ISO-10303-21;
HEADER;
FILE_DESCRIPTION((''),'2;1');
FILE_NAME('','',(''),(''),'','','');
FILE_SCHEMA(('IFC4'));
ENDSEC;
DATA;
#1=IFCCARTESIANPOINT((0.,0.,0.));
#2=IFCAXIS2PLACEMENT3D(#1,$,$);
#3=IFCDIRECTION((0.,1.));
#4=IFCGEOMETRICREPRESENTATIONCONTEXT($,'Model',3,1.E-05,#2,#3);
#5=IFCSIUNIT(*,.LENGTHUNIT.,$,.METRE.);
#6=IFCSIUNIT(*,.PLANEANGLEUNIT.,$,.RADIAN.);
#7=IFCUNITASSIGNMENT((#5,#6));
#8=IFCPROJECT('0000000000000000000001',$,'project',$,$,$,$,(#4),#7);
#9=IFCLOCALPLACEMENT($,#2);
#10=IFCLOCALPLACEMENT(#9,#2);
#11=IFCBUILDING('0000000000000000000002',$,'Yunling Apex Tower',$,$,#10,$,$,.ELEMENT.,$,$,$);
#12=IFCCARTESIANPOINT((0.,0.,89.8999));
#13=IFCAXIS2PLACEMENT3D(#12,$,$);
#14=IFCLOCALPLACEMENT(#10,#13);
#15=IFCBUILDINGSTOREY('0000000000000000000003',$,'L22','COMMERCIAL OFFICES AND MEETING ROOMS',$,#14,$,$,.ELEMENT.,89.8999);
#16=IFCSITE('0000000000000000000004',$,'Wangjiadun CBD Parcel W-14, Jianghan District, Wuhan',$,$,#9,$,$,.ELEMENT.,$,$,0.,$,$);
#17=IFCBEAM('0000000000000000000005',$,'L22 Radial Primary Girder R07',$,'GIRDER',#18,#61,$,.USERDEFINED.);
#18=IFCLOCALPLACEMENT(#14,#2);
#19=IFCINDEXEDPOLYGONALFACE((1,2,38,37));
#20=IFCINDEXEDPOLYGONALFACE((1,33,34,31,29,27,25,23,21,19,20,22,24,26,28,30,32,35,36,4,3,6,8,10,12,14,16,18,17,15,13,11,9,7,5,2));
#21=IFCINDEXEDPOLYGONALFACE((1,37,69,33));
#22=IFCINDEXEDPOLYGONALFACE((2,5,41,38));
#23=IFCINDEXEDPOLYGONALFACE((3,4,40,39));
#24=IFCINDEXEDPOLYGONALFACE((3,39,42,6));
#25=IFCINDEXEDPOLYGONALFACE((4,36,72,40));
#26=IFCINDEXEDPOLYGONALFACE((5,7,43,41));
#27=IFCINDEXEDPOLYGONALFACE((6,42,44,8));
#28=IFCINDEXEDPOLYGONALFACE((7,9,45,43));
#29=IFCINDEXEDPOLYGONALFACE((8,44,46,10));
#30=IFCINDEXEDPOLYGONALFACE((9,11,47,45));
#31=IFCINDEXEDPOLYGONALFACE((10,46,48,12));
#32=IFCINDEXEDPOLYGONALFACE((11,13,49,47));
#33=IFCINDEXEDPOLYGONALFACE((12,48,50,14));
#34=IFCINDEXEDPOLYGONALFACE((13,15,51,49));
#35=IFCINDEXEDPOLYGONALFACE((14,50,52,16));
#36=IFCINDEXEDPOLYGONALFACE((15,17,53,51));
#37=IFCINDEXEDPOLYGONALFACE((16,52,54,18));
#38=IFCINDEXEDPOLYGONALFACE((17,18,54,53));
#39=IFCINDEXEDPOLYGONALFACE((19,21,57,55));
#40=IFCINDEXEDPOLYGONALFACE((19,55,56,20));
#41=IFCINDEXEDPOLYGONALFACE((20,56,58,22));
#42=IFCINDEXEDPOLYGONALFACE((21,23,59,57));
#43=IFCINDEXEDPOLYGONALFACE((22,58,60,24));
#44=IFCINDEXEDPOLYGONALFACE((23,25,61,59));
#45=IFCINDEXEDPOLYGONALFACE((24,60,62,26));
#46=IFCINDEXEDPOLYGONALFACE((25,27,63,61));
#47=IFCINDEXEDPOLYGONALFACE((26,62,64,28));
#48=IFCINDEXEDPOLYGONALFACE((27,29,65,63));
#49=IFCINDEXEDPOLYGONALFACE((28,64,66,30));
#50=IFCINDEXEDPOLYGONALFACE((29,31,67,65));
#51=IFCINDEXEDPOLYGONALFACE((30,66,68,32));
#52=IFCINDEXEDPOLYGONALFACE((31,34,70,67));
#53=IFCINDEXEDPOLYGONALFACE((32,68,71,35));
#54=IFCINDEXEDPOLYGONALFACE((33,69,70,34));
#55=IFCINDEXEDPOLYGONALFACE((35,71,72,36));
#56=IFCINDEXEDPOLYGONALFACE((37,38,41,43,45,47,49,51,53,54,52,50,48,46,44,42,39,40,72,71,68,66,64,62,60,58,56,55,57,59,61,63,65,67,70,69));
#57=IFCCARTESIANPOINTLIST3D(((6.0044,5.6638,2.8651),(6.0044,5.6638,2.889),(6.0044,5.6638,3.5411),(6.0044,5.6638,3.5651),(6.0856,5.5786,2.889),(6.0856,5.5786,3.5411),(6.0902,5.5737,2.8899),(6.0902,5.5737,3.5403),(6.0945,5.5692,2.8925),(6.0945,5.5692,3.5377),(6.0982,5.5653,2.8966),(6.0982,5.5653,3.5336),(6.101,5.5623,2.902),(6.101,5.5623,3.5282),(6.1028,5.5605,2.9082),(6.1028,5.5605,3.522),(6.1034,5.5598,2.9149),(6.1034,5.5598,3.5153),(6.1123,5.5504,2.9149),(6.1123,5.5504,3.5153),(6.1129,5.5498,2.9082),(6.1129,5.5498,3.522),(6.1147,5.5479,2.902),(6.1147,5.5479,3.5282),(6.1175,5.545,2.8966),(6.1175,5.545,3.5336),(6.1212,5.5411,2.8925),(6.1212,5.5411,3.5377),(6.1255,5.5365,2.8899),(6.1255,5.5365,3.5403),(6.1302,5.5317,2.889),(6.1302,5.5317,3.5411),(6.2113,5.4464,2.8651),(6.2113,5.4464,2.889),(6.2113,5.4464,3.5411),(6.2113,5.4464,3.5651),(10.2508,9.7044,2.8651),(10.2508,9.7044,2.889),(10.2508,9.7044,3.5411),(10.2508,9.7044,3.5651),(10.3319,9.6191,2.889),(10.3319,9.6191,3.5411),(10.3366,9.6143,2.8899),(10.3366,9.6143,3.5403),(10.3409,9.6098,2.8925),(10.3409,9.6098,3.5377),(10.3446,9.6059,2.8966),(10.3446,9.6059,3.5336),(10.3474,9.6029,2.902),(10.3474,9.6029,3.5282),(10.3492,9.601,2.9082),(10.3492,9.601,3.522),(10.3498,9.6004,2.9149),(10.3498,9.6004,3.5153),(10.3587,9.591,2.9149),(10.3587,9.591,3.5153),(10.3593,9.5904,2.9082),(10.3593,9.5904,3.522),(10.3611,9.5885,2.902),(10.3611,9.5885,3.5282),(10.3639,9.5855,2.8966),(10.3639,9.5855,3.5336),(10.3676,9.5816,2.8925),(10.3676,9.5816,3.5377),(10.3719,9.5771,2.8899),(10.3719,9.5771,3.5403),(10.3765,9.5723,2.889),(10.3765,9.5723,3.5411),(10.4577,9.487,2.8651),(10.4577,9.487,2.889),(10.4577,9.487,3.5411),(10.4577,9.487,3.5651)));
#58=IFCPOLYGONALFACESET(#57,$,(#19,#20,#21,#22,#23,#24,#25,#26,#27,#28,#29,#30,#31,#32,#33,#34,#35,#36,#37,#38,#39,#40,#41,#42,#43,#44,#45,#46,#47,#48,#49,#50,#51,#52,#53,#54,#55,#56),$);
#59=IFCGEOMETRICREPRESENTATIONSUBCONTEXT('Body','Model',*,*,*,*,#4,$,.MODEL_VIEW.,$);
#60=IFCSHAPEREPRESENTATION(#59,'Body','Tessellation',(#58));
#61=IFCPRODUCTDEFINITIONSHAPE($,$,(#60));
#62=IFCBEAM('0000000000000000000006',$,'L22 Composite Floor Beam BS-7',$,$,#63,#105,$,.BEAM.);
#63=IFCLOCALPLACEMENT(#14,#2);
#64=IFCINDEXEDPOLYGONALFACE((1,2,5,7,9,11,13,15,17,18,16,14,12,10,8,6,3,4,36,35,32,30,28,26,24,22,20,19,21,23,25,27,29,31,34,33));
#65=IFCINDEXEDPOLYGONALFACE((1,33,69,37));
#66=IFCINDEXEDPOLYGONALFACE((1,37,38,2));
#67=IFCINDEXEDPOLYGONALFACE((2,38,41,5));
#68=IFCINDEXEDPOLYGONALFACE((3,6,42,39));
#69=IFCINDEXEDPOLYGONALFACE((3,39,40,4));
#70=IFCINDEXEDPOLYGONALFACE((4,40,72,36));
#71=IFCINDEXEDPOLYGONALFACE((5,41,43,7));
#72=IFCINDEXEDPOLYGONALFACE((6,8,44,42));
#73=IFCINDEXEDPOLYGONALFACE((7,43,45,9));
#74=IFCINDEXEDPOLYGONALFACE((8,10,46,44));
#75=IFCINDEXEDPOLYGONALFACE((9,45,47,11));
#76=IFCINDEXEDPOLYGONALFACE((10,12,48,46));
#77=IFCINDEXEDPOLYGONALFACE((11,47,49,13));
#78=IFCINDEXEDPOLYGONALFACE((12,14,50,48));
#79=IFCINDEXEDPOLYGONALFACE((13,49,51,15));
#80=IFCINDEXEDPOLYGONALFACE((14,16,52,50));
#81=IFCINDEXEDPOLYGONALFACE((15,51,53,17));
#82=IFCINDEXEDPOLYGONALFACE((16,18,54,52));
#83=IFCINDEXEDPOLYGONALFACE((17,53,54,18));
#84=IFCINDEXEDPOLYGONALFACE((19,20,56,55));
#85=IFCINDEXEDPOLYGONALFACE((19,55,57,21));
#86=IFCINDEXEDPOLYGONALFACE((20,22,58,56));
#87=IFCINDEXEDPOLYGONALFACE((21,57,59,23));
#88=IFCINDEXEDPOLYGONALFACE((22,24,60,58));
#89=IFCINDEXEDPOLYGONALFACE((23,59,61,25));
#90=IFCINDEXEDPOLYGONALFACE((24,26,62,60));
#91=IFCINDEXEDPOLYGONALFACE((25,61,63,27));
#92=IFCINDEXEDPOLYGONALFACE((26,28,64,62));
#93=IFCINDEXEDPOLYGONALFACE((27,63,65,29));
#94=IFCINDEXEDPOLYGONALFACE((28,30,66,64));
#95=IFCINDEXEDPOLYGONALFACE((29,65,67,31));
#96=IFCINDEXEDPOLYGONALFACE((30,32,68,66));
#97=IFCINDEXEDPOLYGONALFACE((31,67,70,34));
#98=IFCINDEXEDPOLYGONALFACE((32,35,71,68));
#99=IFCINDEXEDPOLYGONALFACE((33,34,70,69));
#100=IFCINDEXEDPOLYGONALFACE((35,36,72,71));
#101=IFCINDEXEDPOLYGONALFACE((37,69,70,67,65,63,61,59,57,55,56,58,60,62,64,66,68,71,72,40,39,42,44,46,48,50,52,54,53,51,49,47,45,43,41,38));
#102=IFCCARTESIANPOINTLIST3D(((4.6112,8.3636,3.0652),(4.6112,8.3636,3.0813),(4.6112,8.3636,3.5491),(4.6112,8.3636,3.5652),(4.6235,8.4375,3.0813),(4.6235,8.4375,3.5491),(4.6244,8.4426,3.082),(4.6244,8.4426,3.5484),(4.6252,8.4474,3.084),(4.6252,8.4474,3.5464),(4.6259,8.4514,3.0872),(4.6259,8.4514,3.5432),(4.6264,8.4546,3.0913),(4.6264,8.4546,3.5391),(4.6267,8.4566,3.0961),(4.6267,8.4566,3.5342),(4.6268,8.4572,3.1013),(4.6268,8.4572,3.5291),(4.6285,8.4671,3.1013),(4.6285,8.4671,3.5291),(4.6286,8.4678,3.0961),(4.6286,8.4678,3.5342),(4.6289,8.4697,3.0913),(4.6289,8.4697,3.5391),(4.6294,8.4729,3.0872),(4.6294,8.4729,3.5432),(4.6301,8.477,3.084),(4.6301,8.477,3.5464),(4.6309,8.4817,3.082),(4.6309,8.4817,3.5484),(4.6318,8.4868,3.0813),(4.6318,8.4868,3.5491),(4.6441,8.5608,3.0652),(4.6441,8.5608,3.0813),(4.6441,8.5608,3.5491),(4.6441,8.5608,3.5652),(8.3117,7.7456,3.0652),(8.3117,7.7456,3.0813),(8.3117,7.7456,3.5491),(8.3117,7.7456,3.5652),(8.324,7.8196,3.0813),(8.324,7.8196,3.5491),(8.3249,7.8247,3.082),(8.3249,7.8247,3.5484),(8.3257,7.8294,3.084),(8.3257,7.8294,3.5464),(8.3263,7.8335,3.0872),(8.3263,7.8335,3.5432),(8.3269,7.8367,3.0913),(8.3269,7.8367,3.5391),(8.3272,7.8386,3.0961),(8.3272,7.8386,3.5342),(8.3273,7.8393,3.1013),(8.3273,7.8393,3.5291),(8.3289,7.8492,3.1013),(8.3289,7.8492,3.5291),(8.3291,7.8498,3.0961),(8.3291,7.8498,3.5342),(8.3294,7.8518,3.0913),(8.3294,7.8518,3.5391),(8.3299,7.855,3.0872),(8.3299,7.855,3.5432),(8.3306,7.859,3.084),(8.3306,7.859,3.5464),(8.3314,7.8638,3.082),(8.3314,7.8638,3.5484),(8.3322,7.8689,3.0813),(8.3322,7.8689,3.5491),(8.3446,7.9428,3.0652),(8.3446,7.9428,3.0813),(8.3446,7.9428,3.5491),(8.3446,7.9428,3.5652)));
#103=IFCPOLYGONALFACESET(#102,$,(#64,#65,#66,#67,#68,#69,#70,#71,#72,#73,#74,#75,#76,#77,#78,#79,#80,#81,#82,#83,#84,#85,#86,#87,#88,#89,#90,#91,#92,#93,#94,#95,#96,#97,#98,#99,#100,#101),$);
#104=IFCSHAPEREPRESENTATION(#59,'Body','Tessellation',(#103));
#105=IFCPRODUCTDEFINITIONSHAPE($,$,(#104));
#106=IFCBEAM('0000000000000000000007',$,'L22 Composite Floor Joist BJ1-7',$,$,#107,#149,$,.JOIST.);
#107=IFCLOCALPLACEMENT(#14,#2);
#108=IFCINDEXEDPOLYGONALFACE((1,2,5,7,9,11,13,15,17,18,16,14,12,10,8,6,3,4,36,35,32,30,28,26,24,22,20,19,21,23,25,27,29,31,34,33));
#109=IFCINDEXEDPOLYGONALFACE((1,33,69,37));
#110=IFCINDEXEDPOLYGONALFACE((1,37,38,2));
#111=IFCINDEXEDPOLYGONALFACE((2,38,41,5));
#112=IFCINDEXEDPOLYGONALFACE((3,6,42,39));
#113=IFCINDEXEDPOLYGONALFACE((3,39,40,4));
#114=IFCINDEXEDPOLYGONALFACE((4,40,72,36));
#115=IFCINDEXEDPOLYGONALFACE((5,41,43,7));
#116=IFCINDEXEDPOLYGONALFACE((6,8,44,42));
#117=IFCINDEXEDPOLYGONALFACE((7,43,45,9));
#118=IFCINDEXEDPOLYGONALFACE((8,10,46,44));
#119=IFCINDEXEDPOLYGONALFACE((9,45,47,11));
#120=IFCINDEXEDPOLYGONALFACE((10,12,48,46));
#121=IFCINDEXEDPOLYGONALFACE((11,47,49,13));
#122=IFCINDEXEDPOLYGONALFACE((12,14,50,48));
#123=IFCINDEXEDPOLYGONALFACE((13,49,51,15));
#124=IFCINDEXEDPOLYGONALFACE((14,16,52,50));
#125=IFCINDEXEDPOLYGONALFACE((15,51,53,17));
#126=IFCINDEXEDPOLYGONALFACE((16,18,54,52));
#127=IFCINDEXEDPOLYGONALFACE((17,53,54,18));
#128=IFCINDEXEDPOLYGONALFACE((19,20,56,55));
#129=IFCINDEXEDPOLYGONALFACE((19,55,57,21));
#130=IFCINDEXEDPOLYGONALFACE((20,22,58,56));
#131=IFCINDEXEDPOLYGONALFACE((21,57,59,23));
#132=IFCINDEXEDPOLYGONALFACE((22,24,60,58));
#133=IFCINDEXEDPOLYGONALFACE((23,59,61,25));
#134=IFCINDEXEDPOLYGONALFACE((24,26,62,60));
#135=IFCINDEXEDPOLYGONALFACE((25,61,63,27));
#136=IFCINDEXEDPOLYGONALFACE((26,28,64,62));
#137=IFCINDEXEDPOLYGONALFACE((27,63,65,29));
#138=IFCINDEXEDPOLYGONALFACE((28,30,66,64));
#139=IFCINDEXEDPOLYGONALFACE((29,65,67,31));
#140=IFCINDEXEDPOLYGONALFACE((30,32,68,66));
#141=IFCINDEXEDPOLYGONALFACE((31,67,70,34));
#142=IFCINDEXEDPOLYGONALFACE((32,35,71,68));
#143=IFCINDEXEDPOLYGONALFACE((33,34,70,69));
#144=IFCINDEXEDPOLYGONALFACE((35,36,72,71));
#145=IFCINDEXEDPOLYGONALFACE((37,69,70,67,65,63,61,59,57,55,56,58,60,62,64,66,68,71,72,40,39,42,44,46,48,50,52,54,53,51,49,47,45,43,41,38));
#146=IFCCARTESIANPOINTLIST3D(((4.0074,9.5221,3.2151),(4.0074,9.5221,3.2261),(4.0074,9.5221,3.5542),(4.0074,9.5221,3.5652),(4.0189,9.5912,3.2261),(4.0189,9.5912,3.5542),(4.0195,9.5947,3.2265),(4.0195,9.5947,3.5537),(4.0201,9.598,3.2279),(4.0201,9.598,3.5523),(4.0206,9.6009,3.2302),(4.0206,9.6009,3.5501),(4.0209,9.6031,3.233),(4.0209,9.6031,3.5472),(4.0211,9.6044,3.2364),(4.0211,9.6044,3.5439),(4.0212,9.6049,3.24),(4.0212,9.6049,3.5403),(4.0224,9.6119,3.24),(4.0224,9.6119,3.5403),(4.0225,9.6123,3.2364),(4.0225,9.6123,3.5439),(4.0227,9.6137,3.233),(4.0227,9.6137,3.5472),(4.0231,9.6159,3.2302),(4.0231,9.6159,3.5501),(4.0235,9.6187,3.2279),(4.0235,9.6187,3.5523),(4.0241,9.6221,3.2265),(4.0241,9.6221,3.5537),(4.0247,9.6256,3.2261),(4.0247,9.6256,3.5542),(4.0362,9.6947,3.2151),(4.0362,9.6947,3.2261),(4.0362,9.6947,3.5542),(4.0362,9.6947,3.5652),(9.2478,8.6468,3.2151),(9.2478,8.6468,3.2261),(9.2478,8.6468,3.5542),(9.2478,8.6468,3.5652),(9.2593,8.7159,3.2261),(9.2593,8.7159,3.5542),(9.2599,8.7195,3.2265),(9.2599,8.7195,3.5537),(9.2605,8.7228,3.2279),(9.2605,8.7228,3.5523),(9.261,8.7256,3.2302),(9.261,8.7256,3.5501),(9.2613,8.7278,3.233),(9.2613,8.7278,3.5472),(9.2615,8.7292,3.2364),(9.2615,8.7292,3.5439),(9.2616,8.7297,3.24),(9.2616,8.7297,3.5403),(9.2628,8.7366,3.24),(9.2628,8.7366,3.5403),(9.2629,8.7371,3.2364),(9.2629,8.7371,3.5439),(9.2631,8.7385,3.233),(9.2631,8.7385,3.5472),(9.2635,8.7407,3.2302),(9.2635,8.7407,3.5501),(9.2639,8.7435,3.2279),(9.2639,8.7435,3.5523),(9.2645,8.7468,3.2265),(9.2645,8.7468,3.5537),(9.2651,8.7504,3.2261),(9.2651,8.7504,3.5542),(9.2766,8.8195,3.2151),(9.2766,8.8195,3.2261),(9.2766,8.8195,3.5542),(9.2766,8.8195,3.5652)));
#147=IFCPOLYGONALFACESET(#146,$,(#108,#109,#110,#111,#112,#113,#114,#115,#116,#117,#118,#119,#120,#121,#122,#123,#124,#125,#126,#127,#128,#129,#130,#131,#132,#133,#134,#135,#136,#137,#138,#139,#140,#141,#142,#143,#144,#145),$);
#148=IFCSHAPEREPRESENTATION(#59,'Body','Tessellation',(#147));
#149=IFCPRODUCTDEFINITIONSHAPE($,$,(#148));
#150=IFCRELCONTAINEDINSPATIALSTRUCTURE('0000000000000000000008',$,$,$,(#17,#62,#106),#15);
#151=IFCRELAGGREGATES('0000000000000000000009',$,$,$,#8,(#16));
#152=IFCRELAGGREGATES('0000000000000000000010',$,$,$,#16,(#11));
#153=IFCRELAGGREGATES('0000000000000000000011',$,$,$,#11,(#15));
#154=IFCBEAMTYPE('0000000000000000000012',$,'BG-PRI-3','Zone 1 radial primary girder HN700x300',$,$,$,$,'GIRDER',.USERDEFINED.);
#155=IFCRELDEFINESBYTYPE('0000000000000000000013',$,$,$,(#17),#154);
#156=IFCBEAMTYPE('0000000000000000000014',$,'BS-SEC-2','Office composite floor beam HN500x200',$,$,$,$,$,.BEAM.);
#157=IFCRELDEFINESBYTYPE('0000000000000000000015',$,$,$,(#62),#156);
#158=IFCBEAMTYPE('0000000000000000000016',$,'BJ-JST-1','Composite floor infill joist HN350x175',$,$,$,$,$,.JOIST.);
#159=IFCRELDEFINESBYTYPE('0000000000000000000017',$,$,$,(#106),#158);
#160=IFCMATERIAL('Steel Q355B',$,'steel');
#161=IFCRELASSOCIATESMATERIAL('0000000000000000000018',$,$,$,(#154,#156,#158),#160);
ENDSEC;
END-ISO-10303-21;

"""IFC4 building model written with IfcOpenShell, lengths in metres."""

from ifc_helpers import new_model, si_unit, direction, frame, origin, origin_2d, place, context, subcontext, project, spatial, i_section, extrude, source, transform, mapped, material, material_profile, profile_set, type_object, element, save


model = new_model("IFC4")

# Units and contexts
model_context = context("Model", 3, precision=1e-05, world=origin(), true_north=direction((0.0, 1.0)))
body_context = subcontext(model_context, "Body", "Model", "MODEL_VIEW")
ifc_project = project(units=[si_unit("LENGTHUNIT", "METRE"), si_unit("PLANEANGLEUNIT", "RADIAN")], contexts=[model_context])

# Site, building, storey
site_placement = place(None, origin())
site = spatial("IfcSite", under=ifc_project, at=site_placement, Name="Wangjiadun CBD Parcel W-14, Jianghan District, Wuhan", CompositionType="ELEMENT", RefElevation=0.0)
building_placement = place(site_placement, origin())
building = spatial("IfcBuilding", under=site, at=building_placement, Name="Yunling Apex Tower", CompositionType="ELEMENT")
storey_placement = place(building_placement, frame((0.0, 0.0, 89.8999)))
storey = spatial("IfcBuildingStorey", under=building, at=storey_placement, Name="L22", Description="COMMERCIAL OFFICES AND MEETING ROOMS", CompositionType="ELEMENT", Elevation=89.8999)

# Beams
ifc_material_1 = material(Name="Steel Q355B", Category="steel")
ifc_material_profile_1 = material_profile(ifc_material_1, i_section(OverallWidth=0.3, OverallDepth=0.7, WebThickness=0.0129, FlangeThickness=0.0239, FilletRadius=0.0259, at=origin_2d()))
ifc_profile_set_1 = profile_set([ifc_material_profile_1], Name="Steel Q355B")
beam_type_1 = type_object("IfcBeamType", Name="BG-PRI-3", Description="Zone 1 radial primary girder HN700x300", ElementType="GIRDER", PredefinedType="USERDEFINED", material=ifc_profile_set_1)
shared_shape_1 = source(origin(), body_context, "Body", "SweptSolid", [
    extrude(i_section(OverallWidth=0.3, OverallDepth=0.7, WebThickness=0.0129, FlangeThickness=0.0239, FilletRadius=0.0259, at=origin_2d()), origin(), (0.0, 0.0, 1.0), 5.8616),
])
beam_1_placement = place(storey_placement, frame((10.3542, 9.5957, 3.2151), z_axis=(-0.724445, -0.689333, 0.0), x_axis=(0.689333, -0.724445, 0.0)))
element("IfcBeam", 1, at=beam_1_placement, inside=storey, type_object=beam_type_1, Name="L22 Radial Primary Girder R07", ObjectType="GIRDER", PredefinedType="USERDEFINED", context=body_context, shape_type="MappedRepresentation", body=[
    mapped(shared_shape_1, transform((0.0, 0.0, 0.0), scale=1.0)),
])
ifc_material_profile_2 = material_profile(ifc_material_1, i_section(OverallWidth=0.2, OverallDepth=0.5, WebThickness=0.01, FlangeThickness=0.0161, FilletRadius=0.02, at=origin_2d()))
ifc_profile_set_2 = profile_set([ifc_material_profile_2], Name="Steel Q355B")
beam_type_2 = type_object("IfcBeamType", Name="BS-SEC-2", Description="Office composite floor beam HN500x200", PredefinedType="BEAM", material=ifc_profile_set_2)
shared_shape_2 = source(origin(), body_context, "Body", "SweptSolid", [
    extrude(i_section(OverallWidth=0.2, OverallDepth=0.5, WebThickness=0.01, FlangeThickness=0.0161, FilletRadius=0.02, at=origin_2d()), origin(), (0.0, 0.0, 1.0), 3.7517),
])
beam_2_placement = place(storey_placement, frame((8.3281, 7.8442, 3.3152), z_axis=(-0.986343, 0.164705, 0.0), x_axis=(-0.164705, -0.986343, 0.0)))
element("IfcBeam", 2, at=beam_2_placement, inside=storey, type_object=beam_type_2, Name="L22 Composite Floor Beam BS-7", PredefinedType="BEAM", context=body_context, shape_type="MappedRepresentation", body=[
    mapped(shared_shape_2, transform((0.0, 0.0, 0.0), scale=1.0)),
])
ifc_material_profile_3 = material_profile(ifc_material_1, i_section(OverallWidth=0.175, OverallDepth=0.3501, WebThickness=0.0071, FlangeThickness=0.011, FilletRadius=0.0139, at=origin_2d()))
ifc_profile_set_3 = profile_set([ifc_material_profile_3], Name="Steel Q355B")
beam_type_3 = type_object("IfcBeamType", Name="BJ-JST-1", Description="Composite floor infill joist HN350x175", PredefinedType="JOIST", material=ifc_profile_set_3)
shared_shape_3 = source(origin(), body_context, "Body", "SweptSolid", [
    extrude(i_section(OverallWidth=0.175, OverallDepth=0.3501, WebThickness=0.0071, FlangeThickness=0.011, FilletRadius=0.0139, at=origin_2d()), origin(), (0.0, 0.0, 1.0), 5.313),
])
beam_3_placement = place(storey_placement, frame((9.2622, 8.7332, 3.3901), z_axis=(-0.986338, 0.164734, 0.0), x_axis=(-0.164734, -0.986338, 0.0)))
element("IfcBeam", 3, at=beam_3_placement, inside=storey, type_object=beam_type_3, Name="L22 Composite Floor Joist BJ1-7", PredefinedType="JOIST", context=body_context, shape_type="MappedRepresentation", body=[
    mapped(shared_shape_3, transform((0.0, 0.0, 0.0), scale=1.0)),
])

save(model, "model.ifc")
